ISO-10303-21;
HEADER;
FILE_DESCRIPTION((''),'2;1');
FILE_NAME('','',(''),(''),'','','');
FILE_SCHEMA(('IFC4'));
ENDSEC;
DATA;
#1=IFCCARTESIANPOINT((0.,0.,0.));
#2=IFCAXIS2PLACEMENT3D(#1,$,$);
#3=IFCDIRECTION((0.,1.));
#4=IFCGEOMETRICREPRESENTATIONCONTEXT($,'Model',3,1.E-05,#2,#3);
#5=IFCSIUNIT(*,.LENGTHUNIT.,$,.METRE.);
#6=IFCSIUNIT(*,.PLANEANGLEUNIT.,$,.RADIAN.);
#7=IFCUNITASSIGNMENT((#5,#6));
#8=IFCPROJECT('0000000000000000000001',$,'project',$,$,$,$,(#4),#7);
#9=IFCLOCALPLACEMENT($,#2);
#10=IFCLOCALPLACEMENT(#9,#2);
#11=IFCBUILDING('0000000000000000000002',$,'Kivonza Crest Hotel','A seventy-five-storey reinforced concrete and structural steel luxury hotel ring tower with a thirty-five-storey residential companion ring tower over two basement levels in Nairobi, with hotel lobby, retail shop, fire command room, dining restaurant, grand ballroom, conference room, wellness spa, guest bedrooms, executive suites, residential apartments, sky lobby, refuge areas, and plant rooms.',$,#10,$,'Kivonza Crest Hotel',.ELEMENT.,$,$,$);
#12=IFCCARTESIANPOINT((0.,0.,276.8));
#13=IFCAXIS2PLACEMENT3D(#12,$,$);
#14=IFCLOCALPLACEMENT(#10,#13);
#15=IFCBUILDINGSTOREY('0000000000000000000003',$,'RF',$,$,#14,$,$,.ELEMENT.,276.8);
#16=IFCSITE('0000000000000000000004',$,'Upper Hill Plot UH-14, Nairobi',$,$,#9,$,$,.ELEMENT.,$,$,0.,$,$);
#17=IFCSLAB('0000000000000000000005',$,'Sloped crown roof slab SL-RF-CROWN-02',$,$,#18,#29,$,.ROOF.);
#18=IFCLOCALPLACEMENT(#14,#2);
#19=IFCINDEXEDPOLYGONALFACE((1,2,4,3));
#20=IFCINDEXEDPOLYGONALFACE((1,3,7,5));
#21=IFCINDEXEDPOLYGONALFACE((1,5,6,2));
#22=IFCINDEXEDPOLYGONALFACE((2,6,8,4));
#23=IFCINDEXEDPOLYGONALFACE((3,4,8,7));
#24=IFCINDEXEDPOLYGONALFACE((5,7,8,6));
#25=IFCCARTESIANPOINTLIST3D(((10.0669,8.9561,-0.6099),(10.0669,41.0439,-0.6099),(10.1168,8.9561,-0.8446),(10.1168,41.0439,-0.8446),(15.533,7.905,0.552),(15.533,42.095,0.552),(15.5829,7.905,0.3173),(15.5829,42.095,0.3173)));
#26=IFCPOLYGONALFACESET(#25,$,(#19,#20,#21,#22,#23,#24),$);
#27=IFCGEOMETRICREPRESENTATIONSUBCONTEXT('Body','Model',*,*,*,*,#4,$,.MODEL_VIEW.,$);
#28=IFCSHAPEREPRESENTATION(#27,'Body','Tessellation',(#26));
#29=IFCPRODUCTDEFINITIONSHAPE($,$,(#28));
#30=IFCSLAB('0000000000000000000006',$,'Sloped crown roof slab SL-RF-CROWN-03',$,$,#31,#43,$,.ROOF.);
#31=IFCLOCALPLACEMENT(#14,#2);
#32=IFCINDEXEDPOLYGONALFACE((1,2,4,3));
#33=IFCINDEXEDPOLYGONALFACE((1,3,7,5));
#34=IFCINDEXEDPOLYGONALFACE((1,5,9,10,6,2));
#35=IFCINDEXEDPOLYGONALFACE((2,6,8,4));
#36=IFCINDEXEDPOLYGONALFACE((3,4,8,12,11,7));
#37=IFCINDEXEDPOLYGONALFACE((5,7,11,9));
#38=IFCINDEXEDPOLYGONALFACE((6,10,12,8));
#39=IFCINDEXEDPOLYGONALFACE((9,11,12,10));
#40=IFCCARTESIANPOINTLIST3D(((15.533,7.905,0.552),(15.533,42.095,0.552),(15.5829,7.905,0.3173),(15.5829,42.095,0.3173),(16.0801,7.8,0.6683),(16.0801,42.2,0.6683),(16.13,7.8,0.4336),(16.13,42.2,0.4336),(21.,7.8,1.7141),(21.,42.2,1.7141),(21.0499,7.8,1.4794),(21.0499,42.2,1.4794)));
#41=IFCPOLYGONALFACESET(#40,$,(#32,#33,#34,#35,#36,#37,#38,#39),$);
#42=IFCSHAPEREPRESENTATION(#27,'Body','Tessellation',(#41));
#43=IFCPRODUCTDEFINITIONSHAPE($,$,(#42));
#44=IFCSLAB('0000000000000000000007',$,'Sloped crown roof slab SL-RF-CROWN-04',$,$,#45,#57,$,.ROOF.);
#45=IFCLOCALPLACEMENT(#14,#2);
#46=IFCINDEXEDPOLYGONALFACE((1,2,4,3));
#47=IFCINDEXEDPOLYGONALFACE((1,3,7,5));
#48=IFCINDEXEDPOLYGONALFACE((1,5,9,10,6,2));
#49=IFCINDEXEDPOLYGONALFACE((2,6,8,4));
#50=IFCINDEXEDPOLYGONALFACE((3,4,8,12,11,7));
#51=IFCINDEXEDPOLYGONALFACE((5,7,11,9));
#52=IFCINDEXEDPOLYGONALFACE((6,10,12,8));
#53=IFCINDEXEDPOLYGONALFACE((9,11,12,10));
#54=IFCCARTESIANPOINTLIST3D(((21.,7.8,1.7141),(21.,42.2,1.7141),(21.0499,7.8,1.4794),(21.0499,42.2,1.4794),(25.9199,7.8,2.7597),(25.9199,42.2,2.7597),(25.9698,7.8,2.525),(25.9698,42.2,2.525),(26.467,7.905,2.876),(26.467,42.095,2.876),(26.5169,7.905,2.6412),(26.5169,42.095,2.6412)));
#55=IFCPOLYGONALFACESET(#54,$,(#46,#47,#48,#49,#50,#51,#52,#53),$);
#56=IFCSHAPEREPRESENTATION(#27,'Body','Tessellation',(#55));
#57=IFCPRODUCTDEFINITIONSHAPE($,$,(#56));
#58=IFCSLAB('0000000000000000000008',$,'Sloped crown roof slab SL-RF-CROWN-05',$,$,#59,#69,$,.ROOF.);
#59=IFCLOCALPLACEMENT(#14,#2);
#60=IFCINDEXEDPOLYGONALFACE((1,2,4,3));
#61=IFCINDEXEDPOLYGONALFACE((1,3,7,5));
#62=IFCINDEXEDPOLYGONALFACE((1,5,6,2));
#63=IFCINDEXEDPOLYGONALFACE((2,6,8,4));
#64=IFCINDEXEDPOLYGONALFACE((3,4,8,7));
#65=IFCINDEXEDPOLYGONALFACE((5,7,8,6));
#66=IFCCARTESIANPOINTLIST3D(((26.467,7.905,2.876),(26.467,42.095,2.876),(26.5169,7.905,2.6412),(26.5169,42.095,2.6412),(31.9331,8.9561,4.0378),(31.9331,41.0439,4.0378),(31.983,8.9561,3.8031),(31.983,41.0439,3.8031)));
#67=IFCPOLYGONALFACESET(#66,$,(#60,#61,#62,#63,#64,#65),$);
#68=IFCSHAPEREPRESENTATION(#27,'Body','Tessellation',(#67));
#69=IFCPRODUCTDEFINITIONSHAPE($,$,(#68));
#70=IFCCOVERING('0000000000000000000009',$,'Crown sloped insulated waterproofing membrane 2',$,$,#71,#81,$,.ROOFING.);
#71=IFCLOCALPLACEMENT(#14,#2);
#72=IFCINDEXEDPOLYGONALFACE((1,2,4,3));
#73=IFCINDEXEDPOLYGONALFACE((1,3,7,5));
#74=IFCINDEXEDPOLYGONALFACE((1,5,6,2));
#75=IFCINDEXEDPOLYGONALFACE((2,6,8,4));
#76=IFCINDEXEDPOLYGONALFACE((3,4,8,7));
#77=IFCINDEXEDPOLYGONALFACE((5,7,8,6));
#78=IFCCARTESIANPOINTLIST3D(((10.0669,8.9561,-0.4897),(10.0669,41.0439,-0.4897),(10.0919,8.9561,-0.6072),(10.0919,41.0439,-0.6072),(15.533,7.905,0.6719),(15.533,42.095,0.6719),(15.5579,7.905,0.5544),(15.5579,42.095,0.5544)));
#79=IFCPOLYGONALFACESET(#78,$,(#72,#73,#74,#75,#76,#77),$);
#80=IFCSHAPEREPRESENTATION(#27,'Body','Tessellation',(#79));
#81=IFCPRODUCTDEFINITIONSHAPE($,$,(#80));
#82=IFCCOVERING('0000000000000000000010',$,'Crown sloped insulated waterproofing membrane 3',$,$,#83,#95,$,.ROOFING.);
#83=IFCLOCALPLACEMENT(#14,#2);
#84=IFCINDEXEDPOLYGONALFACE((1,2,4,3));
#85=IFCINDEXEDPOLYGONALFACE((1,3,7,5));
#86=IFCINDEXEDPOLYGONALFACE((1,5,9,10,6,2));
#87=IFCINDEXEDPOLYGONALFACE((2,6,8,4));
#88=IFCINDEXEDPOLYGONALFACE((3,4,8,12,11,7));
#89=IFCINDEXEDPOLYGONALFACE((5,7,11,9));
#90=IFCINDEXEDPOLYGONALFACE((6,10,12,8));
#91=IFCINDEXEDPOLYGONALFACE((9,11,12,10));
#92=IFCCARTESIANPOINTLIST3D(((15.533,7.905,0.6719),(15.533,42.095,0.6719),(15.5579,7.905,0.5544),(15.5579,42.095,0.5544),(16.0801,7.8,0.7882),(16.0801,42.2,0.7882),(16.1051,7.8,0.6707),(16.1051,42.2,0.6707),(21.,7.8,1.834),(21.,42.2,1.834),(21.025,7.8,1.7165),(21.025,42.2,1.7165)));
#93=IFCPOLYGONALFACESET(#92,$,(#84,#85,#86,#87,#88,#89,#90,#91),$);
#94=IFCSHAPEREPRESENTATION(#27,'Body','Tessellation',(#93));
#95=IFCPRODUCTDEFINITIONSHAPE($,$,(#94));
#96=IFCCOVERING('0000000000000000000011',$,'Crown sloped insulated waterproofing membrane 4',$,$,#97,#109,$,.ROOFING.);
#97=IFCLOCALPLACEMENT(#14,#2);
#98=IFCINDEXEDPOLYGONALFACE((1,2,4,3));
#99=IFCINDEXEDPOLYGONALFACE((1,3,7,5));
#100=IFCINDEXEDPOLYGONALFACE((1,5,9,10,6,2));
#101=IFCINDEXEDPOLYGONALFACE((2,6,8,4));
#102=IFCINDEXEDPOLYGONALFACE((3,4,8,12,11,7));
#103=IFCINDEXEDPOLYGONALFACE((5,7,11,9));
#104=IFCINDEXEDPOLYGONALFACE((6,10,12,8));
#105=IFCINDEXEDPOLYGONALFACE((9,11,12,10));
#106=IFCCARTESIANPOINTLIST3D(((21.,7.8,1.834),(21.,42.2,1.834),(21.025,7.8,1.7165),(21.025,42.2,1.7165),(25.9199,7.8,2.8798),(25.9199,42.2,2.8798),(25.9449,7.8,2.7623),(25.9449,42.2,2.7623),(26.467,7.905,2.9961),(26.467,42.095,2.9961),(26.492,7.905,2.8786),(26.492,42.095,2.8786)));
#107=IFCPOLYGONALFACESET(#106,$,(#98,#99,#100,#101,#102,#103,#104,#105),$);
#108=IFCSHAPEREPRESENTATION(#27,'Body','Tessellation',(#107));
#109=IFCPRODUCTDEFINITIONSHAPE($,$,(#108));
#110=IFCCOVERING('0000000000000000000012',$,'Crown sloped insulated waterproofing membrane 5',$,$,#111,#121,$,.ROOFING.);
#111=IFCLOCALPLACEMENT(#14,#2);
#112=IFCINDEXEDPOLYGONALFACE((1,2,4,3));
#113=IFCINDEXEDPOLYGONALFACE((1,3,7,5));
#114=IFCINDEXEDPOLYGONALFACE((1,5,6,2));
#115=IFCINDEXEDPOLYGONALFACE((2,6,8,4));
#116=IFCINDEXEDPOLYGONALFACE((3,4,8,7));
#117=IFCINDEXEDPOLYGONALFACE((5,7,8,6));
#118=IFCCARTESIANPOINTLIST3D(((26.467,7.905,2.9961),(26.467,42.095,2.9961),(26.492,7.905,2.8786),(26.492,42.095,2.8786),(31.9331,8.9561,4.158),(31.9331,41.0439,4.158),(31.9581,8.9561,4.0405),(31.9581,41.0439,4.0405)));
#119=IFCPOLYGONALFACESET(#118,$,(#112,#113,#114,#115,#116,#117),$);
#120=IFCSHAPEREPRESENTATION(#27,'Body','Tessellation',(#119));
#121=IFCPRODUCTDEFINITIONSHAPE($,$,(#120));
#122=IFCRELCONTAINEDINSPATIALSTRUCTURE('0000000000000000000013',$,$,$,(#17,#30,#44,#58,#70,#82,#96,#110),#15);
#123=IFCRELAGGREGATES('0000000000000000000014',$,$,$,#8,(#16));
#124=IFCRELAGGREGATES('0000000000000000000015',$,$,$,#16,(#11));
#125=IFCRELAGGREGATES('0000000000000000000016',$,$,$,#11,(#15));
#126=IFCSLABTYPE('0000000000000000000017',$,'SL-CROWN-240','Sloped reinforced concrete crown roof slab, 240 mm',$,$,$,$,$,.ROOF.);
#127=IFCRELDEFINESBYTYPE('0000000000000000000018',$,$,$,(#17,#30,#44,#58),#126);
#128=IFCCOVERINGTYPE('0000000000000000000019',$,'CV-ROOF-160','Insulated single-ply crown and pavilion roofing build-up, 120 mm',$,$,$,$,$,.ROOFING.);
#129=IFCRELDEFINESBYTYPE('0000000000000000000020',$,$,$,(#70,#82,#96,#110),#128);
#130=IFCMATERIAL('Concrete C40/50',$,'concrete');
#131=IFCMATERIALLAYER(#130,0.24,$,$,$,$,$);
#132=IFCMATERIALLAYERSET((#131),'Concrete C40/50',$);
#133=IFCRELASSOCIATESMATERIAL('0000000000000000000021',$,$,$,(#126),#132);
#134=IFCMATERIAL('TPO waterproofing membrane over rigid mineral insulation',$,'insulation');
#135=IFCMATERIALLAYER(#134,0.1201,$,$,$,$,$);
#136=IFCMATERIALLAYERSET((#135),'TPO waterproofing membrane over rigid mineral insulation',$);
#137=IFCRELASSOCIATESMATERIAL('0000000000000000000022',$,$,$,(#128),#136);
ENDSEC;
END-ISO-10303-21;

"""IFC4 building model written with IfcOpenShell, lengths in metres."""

from ifc_helpers import new_model, si_unit, direction, frame, origin, place, context, subcontext, project, spatial, polyline, outline, extrude, material, layer, layer_set, type_object, element, save


model = new_model("IFC4")

# Units and contexts
model_context = context("Model", 3, precision=1e-05, world=origin(), true_north=direction((0.0, 1.0)))
body_context = subcontext(model_context, "Body", "Model", "MODEL_VIEW")
ifc_project = project(units=[si_unit("LENGTHUNIT", "METRE"), si_unit("PLANEANGLEUNIT", "RADIAN")], contexts=[model_context])

# Site, building, storey
site_placement = place(None, origin())
site = spatial("IfcSite", under=ifc_project, at=site_placement, Name="Upper Hill Plot UH-14, Nairobi", CompositionType="ELEMENT", RefElevation=0.0)
building_placement = place(site_placement, origin())
building = spatial("IfcBuilding", under=site, at=building_placement, Name="Kivonza Crest Hotel", Description="A seventy-five-storey reinforced concrete and structural steel luxury hotel ring tower with a thirty-five-storey residential companion ring tower over two basement levels in Nairobi, with hotel lobby, retail shop, fire command room, dining restaurant, grand ballroom, conference room, wellness spa, guest bedrooms, executive suites, residential apartments, sky lobby, refuge areas, and plant rooms.", LongName="Kivonza Crest Hotel", CompositionType="ELEMENT")
storey_placement = place(building_placement, frame((0.0, 0.0, 276.8)))
storey = spatial("IfcBuildingStorey", under=building, at=storey_placement, Name="RF", CompositionType="ELEMENT", Elevation=276.8)

# Slabs
ifc_material_1 = material(Name="Concrete C40/50", Category="concrete")
ifc_layer_1 = layer(ifc_material_1, 0.24)
ifc_layer_set_1 = layer_set([ifc_layer_1], Name="Concrete C40/50")
slab_type = type_object("IfcSlabType", Name="SL-CROWN-240", Description="Sloped reinforced concrete crown roof slab, 240 mm", PredefinedType="ROOF", material=ifc_layer_set_1)
slab_1_placement = place(storey_placement, frame((15.533, 7.905, 0.552), z_axis=(-0.207915, 0.0, 0.978147), x_axis=(0.0, 1.0, 0.0)))
element("IfcSlab", 1, at=slab_1_placement, inside=storey, type_object=slab_type, Name="Sloped crown roof slab SL-RF-CROWN-02", PredefinedType="ROOF", context=body_context, shape_type="SweptSolid", body=[
    extrude(outline(polyline([(0.0, 0.0), (34.1899, 0.0), (33.1389, 5.5882), (1.051, 5.5882), (0.0, 0.0)])), origin(), (0.0, 0.0, -1.0), 0.24),
])
slab_2_placement = place(storey_placement, frame((21.0, 7.8, 1.7141), z_axis=(-0.207921, 0.0, 0.978146), x_axis=(0.0, 1.0, 0.0)))
element("IfcSlab", 2, at=slab_2_placement, inside=storey, type_object=slab_type, Name="Sloped crown roof slab SL-RF-CROWN-03", PredefinedType="ROOF", context=body_context, shape_type="SweptSolid", body=[
    extrude(outline(polyline([(0.0, 0.0), (34.3999, 0.0), (34.3999, 5.0299), (34.2949, 5.5892), (0.105, 5.5892), (0.0, 5.0299), (0.0, 0.0)])), origin(), (0.0, 0.0, -1.0), 0.24),
])
slab_3_placement = place(storey_placement, frame((26.467, 7.905, 2.876), z_axis=(-0.207879, 0.0, 0.978155), x_axis=(0.0, 1.0, 0.0)))
element("IfcSlab", 3, at=slab_3_placement, inside=storey, type_object=slab_type, Name="Sloped crown roof slab SL-RF-CROWN-04", PredefinedType="ROOF", context=body_context, shape_type="SweptSolid", body=[
    extrude(outline(polyline([(0.0, 0.0), (34.1899, 0.0), (34.2949, 0.5593), (34.2949, 5.5891), (-0.105, 5.5891), (-0.105, 0.5593), (0.0, 0.0)])), origin(), (0.0, 0.0, -1.0), 0.24),
])
slab_4_placement = place(storey_placement, frame((31.9331, 8.9561, 4.0378), z_axis=(-0.207915, 0.0, 0.978147), x_axis=(0.0, 1.0, 0.0)))
element("IfcSlab", 4, at=slab_4_placement, inside=storey, type_object=slab_type, Name="Sloped crown roof slab SL-RF-CROWN-05", PredefinedType="ROOF", context=body_context, shape_type="SweptSolid", body=[
    extrude(outline(polyline([(0.0, 0.0), (32.0879, 0.0), (33.1389, 5.5882), (-1.051, 5.5882), (0.0, 0.0)])), origin(), (0.0, 0.0, -1.0), 0.24),
])

# Coverings
ifc_material_2 = material(Name="TPO waterproofing membrane over rigid mineral insulation", Category="insulation")
ifc_layer_2 = layer(ifc_material_2, 0.1201)
ifc_layer_set_2 = layer_set([ifc_layer_2], Name="TPO waterproofing membrane over rigid mineral insulation")
covering_type = type_object("IfcCoveringType", Name="CV-ROOF-160", Description="Insulated single-ply crown and pavilion roofing build-up, 120 mm", PredefinedType="ROOFING", material=ifc_layer_set_2)
covering_1_placement = place(storey_placement, frame((15.533, 7.905, 0.6719), z_axis=(-0.207873, 0.0, 0.978156), x_axis=(0.0, 1.0, 0.0)))
element("IfcCovering", 5, at=covering_1_placement, inside=storey, type_object=covering_type, Name="Crown sloped insulated waterproofing membrane 2", PredefinedType="ROOFING", context=body_context, shape_type="SweptSolid", body=[
    extrude(outline(polyline([(0.0, 0.0), (34.1899, 0.0), (33.1389, 5.5881), (1.051, 5.5881), (0.0, 0.0)])), origin(), (0.0, 0.0, -1.0), 0.1201),
])
covering_2_placement = place(storey_placement, frame((21.0, 7.8, 1.834), z_axis=(-0.207921, 0.0, 0.978146), x_axis=(0.0, 1.0, 0.0)))
element("IfcCovering", 6, at=covering_2_placement, inside=storey, type_object=covering_type, Name="Crown sloped insulated waterproofing membrane 3", PredefinedType="ROOFING", context=body_context, shape_type="SweptSolid", body=[
    extrude(outline(polyline([(0.0, 0.0), (34.3999, 0.0), (34.3999, 5.0298), (34.2949, 5.5892), (0.105, 5.5892), (0.0, 5.0298), (0.0, 0.0)])), origin(), (0.0, 0.0, -1.0), 0.1201),
])
covering_3_placement = place(storey_placement, frame((26.467, 7.905, 2.9961), z_axis=(-0.207921, 0.0, 0.978146), x_axis=(0.0, 1.0, 0.0)))
element("IfcCovering", 7, at=covering_3_placement, inside=storey, type_object=covering_type, Name="Crown sloped insulated waterproofing membrane 4", PredefinedType="ROOFING", context=body_context, shape_type="SweptSolid", body=[
    extrude(outline(polyline([(0.0, 0.0), (34.1899, 0.0), (34.2949, 0.5593), (34.2949, 5.5892), (-0.105, 5.5892), (-0.105, 0.5593), (0.0, 0.0)])), origin(), (0.0, 0.0, -1.0), 0.1201),
])
covering_4_placement = place(storey_placement, frame((31.9331, 8.9561, 4.158), z_axis=(-0.207915, 0.0, 0.978147), x_axis=(0.0, 1.0, 0.0)))
element("IfcCovering", 8, at=covering_4_placement, inside=storey, type_object=covering_type, Name="Crown sloped insulated waterproofing membrane 5", PredefinedType="ROOFING", context=body_context, shape_type="SweptSolid", body=[
    extrude(outline(polyline([(0.0, 0.0), (32.0879, 0.0), (33.1389, 5.5882), (-1.051, 5.5882), (0.0, 0.0)])), origin(), (0.0, 0.0, -1.0), 0.1201),
])

save(model, "model.ifc")
